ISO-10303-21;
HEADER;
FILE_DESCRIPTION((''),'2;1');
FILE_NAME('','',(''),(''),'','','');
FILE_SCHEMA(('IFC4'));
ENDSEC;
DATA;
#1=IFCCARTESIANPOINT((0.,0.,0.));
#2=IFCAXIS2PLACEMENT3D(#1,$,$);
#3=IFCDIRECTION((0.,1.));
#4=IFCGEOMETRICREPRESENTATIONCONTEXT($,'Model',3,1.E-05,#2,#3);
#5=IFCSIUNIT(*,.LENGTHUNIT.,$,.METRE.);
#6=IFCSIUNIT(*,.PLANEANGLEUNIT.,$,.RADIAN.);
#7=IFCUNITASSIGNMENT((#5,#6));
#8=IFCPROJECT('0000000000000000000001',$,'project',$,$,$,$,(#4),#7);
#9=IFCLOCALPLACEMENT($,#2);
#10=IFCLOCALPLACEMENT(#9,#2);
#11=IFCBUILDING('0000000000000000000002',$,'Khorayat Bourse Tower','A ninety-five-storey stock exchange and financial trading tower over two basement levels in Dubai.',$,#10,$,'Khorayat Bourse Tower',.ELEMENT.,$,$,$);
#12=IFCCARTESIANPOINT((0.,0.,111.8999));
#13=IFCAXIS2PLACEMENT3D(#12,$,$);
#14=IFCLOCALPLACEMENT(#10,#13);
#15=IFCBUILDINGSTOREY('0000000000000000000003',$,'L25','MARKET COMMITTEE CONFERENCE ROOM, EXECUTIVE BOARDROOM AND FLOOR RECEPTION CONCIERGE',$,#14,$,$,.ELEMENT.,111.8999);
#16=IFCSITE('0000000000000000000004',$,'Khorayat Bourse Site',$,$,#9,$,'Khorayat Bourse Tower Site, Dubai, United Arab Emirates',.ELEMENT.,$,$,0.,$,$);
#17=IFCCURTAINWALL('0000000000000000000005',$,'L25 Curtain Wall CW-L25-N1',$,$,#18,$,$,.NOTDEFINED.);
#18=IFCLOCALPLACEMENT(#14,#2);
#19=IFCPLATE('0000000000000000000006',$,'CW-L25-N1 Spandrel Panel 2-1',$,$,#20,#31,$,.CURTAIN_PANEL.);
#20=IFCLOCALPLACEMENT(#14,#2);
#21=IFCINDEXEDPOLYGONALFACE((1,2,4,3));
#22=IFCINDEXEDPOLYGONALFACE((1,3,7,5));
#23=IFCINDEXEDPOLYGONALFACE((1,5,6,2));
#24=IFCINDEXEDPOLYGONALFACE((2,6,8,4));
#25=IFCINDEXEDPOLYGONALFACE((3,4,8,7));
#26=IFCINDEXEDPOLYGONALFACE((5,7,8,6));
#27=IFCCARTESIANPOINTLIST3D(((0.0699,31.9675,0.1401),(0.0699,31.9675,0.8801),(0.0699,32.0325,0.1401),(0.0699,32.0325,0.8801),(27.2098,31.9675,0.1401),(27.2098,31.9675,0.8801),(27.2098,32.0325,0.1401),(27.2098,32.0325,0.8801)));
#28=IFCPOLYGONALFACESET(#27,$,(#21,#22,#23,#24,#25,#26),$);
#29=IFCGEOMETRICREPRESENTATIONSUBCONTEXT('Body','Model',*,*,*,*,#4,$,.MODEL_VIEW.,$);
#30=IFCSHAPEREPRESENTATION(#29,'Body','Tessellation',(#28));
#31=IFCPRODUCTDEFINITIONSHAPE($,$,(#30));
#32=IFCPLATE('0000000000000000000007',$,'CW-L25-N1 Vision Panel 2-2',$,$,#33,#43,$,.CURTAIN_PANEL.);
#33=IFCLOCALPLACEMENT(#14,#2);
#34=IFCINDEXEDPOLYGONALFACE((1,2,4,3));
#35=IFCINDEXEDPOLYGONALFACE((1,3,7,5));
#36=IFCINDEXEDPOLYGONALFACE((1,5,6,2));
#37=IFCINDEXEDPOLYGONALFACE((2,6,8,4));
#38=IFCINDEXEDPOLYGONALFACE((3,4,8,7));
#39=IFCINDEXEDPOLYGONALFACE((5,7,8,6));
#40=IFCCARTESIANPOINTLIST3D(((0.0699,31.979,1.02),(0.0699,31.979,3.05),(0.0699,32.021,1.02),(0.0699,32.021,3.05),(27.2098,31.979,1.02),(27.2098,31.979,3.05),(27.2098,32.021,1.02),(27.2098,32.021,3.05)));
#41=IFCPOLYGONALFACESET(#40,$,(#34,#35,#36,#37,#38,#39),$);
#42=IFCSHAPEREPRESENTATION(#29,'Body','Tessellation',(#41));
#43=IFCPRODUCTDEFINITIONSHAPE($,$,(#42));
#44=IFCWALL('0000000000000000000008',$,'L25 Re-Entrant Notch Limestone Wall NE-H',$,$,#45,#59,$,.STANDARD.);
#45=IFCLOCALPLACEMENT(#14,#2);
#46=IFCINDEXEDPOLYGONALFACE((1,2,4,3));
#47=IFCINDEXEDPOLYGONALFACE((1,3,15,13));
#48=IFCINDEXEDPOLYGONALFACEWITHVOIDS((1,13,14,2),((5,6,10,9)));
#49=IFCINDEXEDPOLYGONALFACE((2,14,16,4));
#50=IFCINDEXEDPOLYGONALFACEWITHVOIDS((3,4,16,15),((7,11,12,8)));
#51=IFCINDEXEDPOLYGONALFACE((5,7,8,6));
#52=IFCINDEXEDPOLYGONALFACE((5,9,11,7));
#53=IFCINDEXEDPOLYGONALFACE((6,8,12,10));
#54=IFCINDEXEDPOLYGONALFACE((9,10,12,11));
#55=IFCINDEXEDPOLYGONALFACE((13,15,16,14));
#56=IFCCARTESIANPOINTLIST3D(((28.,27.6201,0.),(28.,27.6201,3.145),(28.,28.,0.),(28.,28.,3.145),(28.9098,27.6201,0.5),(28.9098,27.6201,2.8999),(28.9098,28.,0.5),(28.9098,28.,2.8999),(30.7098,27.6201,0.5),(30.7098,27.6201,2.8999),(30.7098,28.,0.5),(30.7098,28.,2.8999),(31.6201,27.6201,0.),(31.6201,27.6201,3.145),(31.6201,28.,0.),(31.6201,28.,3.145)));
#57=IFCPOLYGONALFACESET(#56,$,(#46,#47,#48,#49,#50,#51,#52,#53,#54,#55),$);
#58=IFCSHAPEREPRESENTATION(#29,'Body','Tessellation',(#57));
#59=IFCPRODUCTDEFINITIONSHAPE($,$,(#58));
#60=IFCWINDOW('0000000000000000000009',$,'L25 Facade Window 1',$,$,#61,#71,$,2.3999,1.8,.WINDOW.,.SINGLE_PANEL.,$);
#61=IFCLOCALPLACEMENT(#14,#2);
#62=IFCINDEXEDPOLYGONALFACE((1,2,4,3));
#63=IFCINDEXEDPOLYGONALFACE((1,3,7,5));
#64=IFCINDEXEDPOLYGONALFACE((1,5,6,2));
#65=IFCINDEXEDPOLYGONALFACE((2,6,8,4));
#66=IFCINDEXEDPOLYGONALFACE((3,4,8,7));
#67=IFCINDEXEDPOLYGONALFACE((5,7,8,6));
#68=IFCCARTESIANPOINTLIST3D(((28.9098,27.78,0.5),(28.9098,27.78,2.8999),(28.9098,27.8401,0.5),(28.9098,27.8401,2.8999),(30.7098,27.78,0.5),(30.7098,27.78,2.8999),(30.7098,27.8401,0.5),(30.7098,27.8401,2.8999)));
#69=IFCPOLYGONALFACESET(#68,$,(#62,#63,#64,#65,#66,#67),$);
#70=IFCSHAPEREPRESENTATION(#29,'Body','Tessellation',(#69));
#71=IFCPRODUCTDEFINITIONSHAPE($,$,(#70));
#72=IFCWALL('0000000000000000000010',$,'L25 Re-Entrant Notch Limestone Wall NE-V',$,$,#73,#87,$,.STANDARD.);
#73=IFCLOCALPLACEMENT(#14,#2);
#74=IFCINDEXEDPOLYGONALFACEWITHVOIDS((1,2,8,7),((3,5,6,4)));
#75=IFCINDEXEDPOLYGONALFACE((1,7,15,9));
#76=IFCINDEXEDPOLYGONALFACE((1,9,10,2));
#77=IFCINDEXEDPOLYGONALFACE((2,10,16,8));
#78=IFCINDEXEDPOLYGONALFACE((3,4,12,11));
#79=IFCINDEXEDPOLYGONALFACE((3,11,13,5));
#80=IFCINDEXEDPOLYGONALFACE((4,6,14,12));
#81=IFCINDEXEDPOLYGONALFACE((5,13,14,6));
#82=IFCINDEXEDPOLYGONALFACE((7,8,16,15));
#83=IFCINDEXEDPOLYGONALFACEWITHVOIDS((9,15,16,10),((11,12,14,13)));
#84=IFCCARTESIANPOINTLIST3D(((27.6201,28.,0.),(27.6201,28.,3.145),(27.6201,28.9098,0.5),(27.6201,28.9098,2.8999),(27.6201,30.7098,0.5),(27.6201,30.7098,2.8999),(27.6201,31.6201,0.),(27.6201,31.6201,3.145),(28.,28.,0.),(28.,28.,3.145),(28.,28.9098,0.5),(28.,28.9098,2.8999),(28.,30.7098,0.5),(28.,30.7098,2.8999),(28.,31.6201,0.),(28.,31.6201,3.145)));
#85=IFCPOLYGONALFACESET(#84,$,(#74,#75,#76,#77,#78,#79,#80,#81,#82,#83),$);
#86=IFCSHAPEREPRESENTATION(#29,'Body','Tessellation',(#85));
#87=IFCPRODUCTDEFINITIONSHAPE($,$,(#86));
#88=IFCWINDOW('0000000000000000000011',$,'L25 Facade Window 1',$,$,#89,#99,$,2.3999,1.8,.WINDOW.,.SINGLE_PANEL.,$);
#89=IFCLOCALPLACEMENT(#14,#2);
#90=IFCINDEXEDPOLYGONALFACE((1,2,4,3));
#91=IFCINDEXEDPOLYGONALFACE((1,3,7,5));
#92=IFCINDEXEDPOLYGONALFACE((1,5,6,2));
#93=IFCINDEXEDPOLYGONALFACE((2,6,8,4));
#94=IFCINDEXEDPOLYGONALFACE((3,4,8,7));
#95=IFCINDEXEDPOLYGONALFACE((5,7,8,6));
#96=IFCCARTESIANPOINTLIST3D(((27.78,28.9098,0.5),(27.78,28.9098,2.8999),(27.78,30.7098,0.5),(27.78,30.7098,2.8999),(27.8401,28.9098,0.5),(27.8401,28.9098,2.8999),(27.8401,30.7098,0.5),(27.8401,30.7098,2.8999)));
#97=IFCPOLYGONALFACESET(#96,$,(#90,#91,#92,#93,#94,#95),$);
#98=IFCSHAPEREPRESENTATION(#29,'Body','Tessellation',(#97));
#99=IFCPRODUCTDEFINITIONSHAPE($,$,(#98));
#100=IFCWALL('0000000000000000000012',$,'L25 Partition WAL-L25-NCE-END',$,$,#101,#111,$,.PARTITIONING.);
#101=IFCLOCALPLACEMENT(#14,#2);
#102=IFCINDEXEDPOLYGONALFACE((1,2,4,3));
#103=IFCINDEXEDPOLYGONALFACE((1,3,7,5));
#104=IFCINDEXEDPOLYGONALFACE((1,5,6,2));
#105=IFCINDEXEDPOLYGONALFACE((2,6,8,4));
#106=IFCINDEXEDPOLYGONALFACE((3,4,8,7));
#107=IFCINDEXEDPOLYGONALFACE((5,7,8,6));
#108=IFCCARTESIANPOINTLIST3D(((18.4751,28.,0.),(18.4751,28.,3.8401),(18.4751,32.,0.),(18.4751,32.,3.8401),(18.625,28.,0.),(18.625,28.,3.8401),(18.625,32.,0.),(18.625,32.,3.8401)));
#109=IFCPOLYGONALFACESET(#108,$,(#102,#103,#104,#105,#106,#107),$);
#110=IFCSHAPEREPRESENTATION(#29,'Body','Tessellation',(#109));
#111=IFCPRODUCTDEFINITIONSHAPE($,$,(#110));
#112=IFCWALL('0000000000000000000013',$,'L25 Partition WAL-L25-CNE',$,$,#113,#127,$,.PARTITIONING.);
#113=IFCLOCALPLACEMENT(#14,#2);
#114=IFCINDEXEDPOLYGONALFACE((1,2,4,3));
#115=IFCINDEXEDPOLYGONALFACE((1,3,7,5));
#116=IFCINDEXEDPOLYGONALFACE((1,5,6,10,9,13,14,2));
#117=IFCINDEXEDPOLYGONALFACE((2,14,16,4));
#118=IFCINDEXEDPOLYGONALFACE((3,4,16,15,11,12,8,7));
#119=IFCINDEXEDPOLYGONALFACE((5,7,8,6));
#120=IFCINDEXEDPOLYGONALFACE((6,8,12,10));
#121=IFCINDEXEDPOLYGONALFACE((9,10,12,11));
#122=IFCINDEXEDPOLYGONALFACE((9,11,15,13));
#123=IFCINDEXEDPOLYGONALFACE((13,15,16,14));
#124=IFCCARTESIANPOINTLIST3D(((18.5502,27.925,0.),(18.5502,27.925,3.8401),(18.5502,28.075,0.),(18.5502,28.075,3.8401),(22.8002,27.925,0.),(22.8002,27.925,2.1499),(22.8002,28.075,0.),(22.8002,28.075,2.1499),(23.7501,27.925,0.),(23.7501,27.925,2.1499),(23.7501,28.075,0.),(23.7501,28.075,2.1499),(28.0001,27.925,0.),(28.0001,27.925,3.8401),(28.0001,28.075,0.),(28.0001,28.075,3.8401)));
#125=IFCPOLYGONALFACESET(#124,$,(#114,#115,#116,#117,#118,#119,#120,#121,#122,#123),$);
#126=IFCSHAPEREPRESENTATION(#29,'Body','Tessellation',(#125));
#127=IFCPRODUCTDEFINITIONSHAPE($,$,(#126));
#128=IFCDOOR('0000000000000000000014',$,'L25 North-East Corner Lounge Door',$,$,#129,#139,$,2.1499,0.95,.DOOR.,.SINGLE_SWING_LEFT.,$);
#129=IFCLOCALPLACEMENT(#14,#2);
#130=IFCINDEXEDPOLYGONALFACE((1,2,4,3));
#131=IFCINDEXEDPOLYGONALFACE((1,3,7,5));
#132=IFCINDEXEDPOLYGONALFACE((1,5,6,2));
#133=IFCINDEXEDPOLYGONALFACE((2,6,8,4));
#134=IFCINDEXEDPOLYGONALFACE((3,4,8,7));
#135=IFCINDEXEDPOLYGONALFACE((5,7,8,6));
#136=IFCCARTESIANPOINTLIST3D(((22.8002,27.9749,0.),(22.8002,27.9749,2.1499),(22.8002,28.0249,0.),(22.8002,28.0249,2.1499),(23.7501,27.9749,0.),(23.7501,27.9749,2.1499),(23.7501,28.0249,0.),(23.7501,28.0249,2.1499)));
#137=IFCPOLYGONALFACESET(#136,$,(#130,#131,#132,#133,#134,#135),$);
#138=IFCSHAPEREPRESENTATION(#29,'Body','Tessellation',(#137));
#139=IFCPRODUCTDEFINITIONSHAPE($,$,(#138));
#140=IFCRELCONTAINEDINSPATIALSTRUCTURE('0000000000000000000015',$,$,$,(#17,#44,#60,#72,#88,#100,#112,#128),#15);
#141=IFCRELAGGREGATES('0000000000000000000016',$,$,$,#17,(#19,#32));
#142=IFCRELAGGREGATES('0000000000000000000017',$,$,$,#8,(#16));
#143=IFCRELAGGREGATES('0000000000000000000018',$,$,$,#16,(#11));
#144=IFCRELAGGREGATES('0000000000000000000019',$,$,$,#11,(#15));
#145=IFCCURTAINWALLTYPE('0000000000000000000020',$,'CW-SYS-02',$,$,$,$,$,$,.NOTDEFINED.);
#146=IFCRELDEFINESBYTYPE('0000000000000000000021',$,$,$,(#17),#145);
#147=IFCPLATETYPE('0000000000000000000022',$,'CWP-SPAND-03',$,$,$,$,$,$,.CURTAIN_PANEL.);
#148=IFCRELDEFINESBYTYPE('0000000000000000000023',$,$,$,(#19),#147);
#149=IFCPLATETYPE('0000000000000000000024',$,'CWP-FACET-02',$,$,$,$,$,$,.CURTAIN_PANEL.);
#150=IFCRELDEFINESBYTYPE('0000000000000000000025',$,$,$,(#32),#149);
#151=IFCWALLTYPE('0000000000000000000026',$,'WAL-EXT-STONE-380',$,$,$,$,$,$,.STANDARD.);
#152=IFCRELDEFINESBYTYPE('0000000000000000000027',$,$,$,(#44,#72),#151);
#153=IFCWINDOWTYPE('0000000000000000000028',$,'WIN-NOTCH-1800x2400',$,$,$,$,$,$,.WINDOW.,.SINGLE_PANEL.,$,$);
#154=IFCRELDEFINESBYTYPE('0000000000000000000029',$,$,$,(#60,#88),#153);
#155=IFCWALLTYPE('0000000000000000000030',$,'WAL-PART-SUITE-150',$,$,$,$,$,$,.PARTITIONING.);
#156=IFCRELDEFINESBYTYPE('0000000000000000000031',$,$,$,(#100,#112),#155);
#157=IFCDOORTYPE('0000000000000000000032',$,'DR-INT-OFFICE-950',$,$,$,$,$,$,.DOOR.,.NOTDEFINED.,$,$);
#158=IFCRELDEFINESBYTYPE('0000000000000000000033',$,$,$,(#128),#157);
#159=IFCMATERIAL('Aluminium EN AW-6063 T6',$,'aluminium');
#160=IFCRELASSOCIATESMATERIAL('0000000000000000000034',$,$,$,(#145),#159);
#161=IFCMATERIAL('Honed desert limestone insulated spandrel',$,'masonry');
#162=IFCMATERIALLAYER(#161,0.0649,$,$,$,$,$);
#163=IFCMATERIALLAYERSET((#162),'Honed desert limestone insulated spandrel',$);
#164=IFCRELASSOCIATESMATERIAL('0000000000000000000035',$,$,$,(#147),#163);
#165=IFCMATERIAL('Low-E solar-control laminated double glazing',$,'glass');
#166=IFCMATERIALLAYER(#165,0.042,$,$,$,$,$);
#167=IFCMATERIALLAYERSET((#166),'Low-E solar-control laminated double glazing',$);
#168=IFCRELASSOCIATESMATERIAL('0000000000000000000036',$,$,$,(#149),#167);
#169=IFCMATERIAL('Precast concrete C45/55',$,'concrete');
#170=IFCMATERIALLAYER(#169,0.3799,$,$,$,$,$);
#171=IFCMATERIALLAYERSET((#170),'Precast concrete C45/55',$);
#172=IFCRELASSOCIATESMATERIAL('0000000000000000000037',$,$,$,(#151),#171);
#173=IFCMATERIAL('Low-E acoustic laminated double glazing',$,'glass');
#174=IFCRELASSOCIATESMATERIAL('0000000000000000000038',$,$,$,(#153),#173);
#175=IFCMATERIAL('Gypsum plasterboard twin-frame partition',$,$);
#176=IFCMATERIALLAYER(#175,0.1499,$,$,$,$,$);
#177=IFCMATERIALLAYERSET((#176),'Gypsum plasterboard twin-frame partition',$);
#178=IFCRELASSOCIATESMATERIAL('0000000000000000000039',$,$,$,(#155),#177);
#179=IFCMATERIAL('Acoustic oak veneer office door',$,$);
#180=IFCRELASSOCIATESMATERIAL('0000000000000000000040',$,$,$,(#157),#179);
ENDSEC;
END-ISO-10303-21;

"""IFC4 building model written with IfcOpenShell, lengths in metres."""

from ifc_helpers import new_model, si_unit, direction, frame, frame_2d, origin, origin_2d, place, context, subcontext, project, spatial, rectangle, extrude, source, transform, mapped, material, layer, layer_set, type_object, element, fill, aggregate, save


model = new_model("IFC4")

# Units and contexts
model_context = context("Model", 3, precision=1e-05, world=origin(), true_north=direction((0.0, 1.0)))
body_context = subcontext(model_context, "Body", "Model", "MODEL_VIEW")
ifc_project = project(units=[si_unit("LENGTHUNIT", "METRE"), si_unit("PLANEANGLEUNIT", "RADIAN")], contexts=[model_context])

# Site, building, storey
site_placement = place(None, origin())
site = spatial("IfcSite", under=ifc_project, at=site_placement, Name="Khorayat Bourse Site", LongName="Khorayat Bourse Tower Site, Dubai, United Arab Emirates", CompositionType="ELEMENT", RefElevation=0.0)
building_placement = place(site_placement, origin())
building = spatial("IfcBuilding", under=site, at=building_placement, Name="Khorayat Bourse Tower", Description="A ninety-five-storey stock exchange and financial trading tower over two basement levels in Dubai.", LongName="Khorayat Bourse Tower", CompositionType="ELEMENT")
storey_placement = place(building_placement, frame((0.0, 0.0, 111.8999)))
storey = spatial("IfcBuildingStorey", under=building, at=storey_placement, Name="L25", Description="MARKET COMMITTEE CONFERENCE ROOM, EXECUTIVE BOARDROOM AND FLOOR RECEPTION CONCIERGE", CompositionType="ELEMENT", Elevation=111.8999)

# Curtain wall
ifc_material_1 = material(Name="Aluminium EN AW-6063 T6", Category="aluminium")
curtain_wall_type = type_object("IfcCurtainWallType", Name="CW-SYS-02", PredefinedType="NOTDEFINED", material=ifc_material_1)
curtain_wall_1_placement = place(storey_placement, origin())
curtain_wall_1 = element("IfcCurtainWall", 1, at=curtain_wall_1_placement, inside=storey, type_object=curtain_wall_type, Name="L25 Curtain Wall CW-L25-N1", PredefinedType="NOTDEFINED")

# Plates
ifc_material_2 = material(Name="Honed desert limestone insulated spandrel", Category="masonry")
ifc_layer_1 = layer(ifc_material_2, 0.0649)
ifc_layer_set_1 = layer_set([ifc_layer_1], Name="Honed desert limestone insulated spandrel")
plate_type_1 = type_object("IfcPlateType", Name="CWP-SPAND-03", PredefinedType="CURTAIN_PANEL", material=ifc_layer_set_1)
shared_shape_1 = source(origin(), body_context, "Body", "SweptSolid", [
    extrude(rectangle(XDim=27.1399, YDim=0.0649, at=origin_2d()), origin(), (0.0, 0.0, 1.0), 0.74),
])
plate_1_placement = place(storey_placement, frame((13.6399, 32.0, 0.1401), z_axis=(0.0, 0.0, 1.0), x_axis=(1.0, 0.0, 0.0)))
plate_1 = element("IfcPlate", 2, at=plate_1_placement, type_object=plate_type_1, Name="CW-L25-N1 Spandrel Panel 2-1", PredefinedType="CURTAIN_PANEL", context=body_context, shape_type="MappedRepresentation", body=[
    mapped(shared_shape_1, transform((0.0, 0.0, 0.0), scale=1.0)),
])
ifc_material_3 = material(Name="Low-E solar-control laminated double glazing", Category="glass")
ifc_layer_2 = layer(ifc_material_3, 0.042)
ifc_layer_set_2 = layer_set([ifc_layer_2], Name="Low-E solar-control laminated double glazing")
plate_type_2 = type_object("IfcPlateType", Name="CWP-FACET-02", PredefinedType="CURTAIN_PANEL", material=ifc_layer_set_2)
shared_shape_2 = source(origin(), body_context, "Body", "SweptSolid", [
    extrude(rectangle(XDim=27.1399, YDim=0.042, at=origin_2d()), origin(), (0.0, 0.0, 1.0), 2.03),
])
plate_2_placement = place(storey_placement, frame((13.6399, 32.0, 1.02), z_axis=(0.0, 0.0, 1.0), x_axis=(1.0, 0.0, 0.0)))
plate_2 = element("IfcPlate", 3, at=plate_2_placement, type_object=plate_type_2, Name="CW-L25-N1 Vision Panel 2-2", PredefinedType="CURTAIN_PANEL", context=body_context, shape_type="MappedRepresentation", body=[
    mapped(shared_shape_2, transform((0.0, 0.0, 0.0), scale=1.0)),
])
aggregate(curtain_wall_1, [plate_1, plate_2])

# Walls, openings, windows
ifc_material_4 = material(Name="Precast concrete C45/55", Category="concrete")
ifc_layer_3 = layer(ifc_material_4, 0.3799)
ifc_layer_set_3 = layer_set([ifc_layer_3], Name="Precast concrete C45/55")
wall_type_1 = type_object("IfcWallType", Name="WAL-EXT-STONE-380", PredefinedType="STANDARD", material=ifc_layer_set_3)
shared_shape_3 = source(origin(), body_context, "Body", "SweptSolid", [
    extrude(rectangle(XDim=3.6201, YDim=0.3799, at=frame_2d((1.8101, 0.0))), origin(), (0.0, 0.0, 1.0), 3.145),
])
wall_1_placement = place(storey_placement, frame((28.0, 27.8101, 0.0), z_axis=(0.0, 0.0, 1.0), x_axis=(1.0, 0.0, 0.0)))
wall_1 = element("IfcWall", 4, at=wall_1_placement, inside=storey, type_object=wall_type_1, Name="L25 Re-Entrant Notch Limestone Wall NE-H", PredefinedType="STANDARD", context=body_context, shape_type="MappedRepresentation", body=[
    mapped(shared_shape_3, transform((0.0, 0.0, 0.0), scale=1.0)),
])
shared_shape_4 = source(origin(), body_context, "Body", "SweptSolid", [
    extrude(rectangle(XDim=1.8, YDim=2.3999, at=frame_2d((0.8999, 1.2))), frame((0.0, 0.2, 0.0), z_axis=(0.0, -1.0, 0.0), x_axis=(1.0, 0.0, 0.0)), (0.0, 0.0, 1.0), 0.3999),
])
opening_1_placement = place(wall_1_placement, frame((0.9099, 0.0, 0.5)))
opening_1 = element("IfcOpeningElement", 5, at=opening_1_placement, cuts=wall_1, PredefinedType="OPENING", context=body_context, shape_type="MappedRepresentation", body=[
    mapped(shared_shape_4, transform((0.0, 0.0, 0.0), scale=1.0)),
])
ifc_material_5 = material(Name="Low-E acoustic laminated double glazing", Category="glass")
window_type = type_object("IfcWindowType", Name="WIN-NOTCH-1800x2400", PartitioningType="SINGLE_PANEL", PredefinedType="WINDOW", material=ifc_material_5)
shared_shape_5 = source(origin(), body_context, "Body", "SweptSolid", [
    extrude(rectangle(XDim=1.8, YDim=2.3999, at=frame_2d((0.8999, 1.2))), frame((0.0, 0.03, 0.0), z_axis=(0.0, -1.0, 0.0), x_axis=(1.0, 0.0, 0.0)), (0.0, 0.0, 1.0), 0.0601),
])
window_1_placement = place(opening_1_placement, origin())
window_1 = element("IfcWindow", 6, at=window_1_placement, inside=storey, type_object=window_type, Name="L25 Facade Window 1", OverallHeight=2.3999, OverallWidth=1.8, PartitioningType="SINGLE_PANEL", PredefinedType="WINDOW", context=body_context, shape_type="MappedRepresentation", body=[
    mapped(shared_shape_5, transform((0.0, 0.0, 0.0), scale=1.0)),
])
fill(opening_1, window_1)
wall_2_placement = place(storey_placement, frame((27.8101, 28.0, 0.0), z_axis=(0.0, 0.0, 1.0), x_axis=(0.0, 1.0, 0.0)))
wall_2 = element("IfcWall", 7, at=wall_2_placement, inside=storey, type_object=wall_type_1, Name="L25 Re-Entrant Notch Limestone Wall NE-V", PredefinedType="STANDARD", context=body_context, shape_type="MappedRepresentation", body=[
    mapped(shared_shape_3, transform((0.0, 0.0, 0.0), scale=1.0)),
])
opening_2_placement = place(wall_2_placement, frame((0.9099, 0.0, 0.5)))
opening_2 = element("IfcOpeningElement", 8, at=opening_2_placement, cuts=wall_2, PredefinedType="OPENING", context=body_context, shape_type="MappedRepresentation", body=[
    mapped(shared_shape_4, transform((0.0, 0.0, 0.0), scale=1.0)),
])
window_2_placement = place(opening_2_placement, origin())
window_2 = element("IfcWindow", 9, at=window_2_placement, inside=storey, type_object=window_type, Name="L25 Facade Window 1", OverallHeight=2.3999, OverallWidth=1.8, PartitioningType="SINGLE_PANEL", PredefinedType="WINDOW", context=body_context, shape_type="MappedRepresentation", body=[
    mapped(shared_shape_5, transform((0.0, 0.0, 0.0), scale=1.0)),
])
fill(opening_2, window_2)

# Wall
ifc_material_6 = material(Name="Gypsum plasterboard twin-frame partition")
ifc_layer_4 = layer(ifc_material_6, 0.1499)
ifc_layer_set_4 = layer_set([ifc_layer_4], Name="Gypsum plasterboard twin-frame partition")
wall_type_2 = type_object("IfcWallType", Name="WAL-PART-SUITE-150", PredefinedType="PARTITIONING", material=ifc_layer_set_4)
shared_shape_6 = source(origin(), body_context, "Body", "SweptSolid", [
    extrude(rectangle(XDim=4.0, YDim=0.1499, at=frame_2d((2.0, 0.0))), origin(), (0.0, 0.0, 1.0), 3.8401),
])
wall_3_placement = place(storey_placement, frame((18.55, 28.0, 0.0), z_axis=(0.0, 0.0, 1.0), x_axis=(0.0, 1.0, 0.0)))
element("IfcWall", 10, at=wall_3_placement, inside=storey, type_object=wall_type_2, Name="L25 Partition WAL-L25-NCE-END", PredefinedType="PARTITIONING", context=body_context, shape_type="MappedRepresentation", body=[
    mapped(shared_shape_6, transform((0.0, 0.0, 0.0), scale=1.0)),
])

# Wall, opening, door
shared_shape_7 = source(origin(), body_context, "Body", "SweptSolid", [
    extrude(rectangle(XDim=9.45, YDim=0.1499, at=frame_2d((4.7251, 0.0))), origin(), (0.0, 0.0, 1.0), 3.8401),
])
wall_4_placement = place(storey_placement, frame((18.55, 28.0, 0.0), z_axis=(0.0, 0.0, 1.0), x_axis=(1.0, 0.0, 0.0)))
wall_4 = element("IfcWall", 11, at=wall_4_placement, inside=storey, type_object=wall_type_2, Name="L25 Partition WAL-L25-CNE", PredefinedType="PARTITIONING", context=body_context, shape_type="MappedRepresentation", body=[
    mapped(shared_shape_7, transform((0.0, 0.0, 0.0), scale=1.0)),
])
shared_shape_8 = source(origin(), body_context, "Body", "SweptSolid", [
    extrude(rectangle(XDim=0.95, YDim=2.1499, at=frame_2d((0.4751, 1.075))), frame((0.0, 0.085, 0.0), z_axis=(0.0, -1.0, 0.0), x_axis=(1.0, 0.0, 0.0)), (0.0, 0.0, 1.0), 0.1699),
])
opening_3_placement = place(wall_4_placement, frame((4.25, 0.0, 0.0)))
opening_3 = element("IfcOpeningElement", 12, at=opening_3_placement, cuts=wall_4, PredefinedType="OPENING", context=body_context, shape_type="MappedRepresentation", body=[
    mapped(shared_shape_8, transform((0.0, 0.0, 0.0), scale=1.0)),
])
ifc_material_7 = material(Name="Acoustic oak veneer office door")
door_type = type_object("IfcDoorType", Name="DR-INT-OFFICE-950", OperationType="NOTDEFINED", PredefinedType="DOOR", material=ifc_material_7)
shared_shape_9 = source(origin(), body_context, "Body", "SweptSolid", [
    extrude(rectangle(XDim=0.95, YDim=2.1499, at=frame_2d((0.4751, 1.075))), frame((0.0, 0.0249, 0.0), z_axis=(0.0, -1.0, 0.0), x_axis=(1.0, 0.0, 0.0)), (0.0, 0.0, 1.0), 0.05),
])
door_placement = place(opening_3_placement, origin())
door = element("IfcDoor", 13, at=door_placement, inside=storey, type_object=door_type, Name="L25 North-East Corner Lounge Door", OperationType="SINGLE_SWING_LEFT", OverallHeight=2.1499, OverallWidth=0.95, PredefinedType="DOOR", context=body_context, shape_type="MappedRepresentation", body=[
    mapped(shared_shape_9, transform((0.0, 0.0, 0.0), scale=1.0)),
])
fill(opening_3, door)

save(model, "model.ifc")
